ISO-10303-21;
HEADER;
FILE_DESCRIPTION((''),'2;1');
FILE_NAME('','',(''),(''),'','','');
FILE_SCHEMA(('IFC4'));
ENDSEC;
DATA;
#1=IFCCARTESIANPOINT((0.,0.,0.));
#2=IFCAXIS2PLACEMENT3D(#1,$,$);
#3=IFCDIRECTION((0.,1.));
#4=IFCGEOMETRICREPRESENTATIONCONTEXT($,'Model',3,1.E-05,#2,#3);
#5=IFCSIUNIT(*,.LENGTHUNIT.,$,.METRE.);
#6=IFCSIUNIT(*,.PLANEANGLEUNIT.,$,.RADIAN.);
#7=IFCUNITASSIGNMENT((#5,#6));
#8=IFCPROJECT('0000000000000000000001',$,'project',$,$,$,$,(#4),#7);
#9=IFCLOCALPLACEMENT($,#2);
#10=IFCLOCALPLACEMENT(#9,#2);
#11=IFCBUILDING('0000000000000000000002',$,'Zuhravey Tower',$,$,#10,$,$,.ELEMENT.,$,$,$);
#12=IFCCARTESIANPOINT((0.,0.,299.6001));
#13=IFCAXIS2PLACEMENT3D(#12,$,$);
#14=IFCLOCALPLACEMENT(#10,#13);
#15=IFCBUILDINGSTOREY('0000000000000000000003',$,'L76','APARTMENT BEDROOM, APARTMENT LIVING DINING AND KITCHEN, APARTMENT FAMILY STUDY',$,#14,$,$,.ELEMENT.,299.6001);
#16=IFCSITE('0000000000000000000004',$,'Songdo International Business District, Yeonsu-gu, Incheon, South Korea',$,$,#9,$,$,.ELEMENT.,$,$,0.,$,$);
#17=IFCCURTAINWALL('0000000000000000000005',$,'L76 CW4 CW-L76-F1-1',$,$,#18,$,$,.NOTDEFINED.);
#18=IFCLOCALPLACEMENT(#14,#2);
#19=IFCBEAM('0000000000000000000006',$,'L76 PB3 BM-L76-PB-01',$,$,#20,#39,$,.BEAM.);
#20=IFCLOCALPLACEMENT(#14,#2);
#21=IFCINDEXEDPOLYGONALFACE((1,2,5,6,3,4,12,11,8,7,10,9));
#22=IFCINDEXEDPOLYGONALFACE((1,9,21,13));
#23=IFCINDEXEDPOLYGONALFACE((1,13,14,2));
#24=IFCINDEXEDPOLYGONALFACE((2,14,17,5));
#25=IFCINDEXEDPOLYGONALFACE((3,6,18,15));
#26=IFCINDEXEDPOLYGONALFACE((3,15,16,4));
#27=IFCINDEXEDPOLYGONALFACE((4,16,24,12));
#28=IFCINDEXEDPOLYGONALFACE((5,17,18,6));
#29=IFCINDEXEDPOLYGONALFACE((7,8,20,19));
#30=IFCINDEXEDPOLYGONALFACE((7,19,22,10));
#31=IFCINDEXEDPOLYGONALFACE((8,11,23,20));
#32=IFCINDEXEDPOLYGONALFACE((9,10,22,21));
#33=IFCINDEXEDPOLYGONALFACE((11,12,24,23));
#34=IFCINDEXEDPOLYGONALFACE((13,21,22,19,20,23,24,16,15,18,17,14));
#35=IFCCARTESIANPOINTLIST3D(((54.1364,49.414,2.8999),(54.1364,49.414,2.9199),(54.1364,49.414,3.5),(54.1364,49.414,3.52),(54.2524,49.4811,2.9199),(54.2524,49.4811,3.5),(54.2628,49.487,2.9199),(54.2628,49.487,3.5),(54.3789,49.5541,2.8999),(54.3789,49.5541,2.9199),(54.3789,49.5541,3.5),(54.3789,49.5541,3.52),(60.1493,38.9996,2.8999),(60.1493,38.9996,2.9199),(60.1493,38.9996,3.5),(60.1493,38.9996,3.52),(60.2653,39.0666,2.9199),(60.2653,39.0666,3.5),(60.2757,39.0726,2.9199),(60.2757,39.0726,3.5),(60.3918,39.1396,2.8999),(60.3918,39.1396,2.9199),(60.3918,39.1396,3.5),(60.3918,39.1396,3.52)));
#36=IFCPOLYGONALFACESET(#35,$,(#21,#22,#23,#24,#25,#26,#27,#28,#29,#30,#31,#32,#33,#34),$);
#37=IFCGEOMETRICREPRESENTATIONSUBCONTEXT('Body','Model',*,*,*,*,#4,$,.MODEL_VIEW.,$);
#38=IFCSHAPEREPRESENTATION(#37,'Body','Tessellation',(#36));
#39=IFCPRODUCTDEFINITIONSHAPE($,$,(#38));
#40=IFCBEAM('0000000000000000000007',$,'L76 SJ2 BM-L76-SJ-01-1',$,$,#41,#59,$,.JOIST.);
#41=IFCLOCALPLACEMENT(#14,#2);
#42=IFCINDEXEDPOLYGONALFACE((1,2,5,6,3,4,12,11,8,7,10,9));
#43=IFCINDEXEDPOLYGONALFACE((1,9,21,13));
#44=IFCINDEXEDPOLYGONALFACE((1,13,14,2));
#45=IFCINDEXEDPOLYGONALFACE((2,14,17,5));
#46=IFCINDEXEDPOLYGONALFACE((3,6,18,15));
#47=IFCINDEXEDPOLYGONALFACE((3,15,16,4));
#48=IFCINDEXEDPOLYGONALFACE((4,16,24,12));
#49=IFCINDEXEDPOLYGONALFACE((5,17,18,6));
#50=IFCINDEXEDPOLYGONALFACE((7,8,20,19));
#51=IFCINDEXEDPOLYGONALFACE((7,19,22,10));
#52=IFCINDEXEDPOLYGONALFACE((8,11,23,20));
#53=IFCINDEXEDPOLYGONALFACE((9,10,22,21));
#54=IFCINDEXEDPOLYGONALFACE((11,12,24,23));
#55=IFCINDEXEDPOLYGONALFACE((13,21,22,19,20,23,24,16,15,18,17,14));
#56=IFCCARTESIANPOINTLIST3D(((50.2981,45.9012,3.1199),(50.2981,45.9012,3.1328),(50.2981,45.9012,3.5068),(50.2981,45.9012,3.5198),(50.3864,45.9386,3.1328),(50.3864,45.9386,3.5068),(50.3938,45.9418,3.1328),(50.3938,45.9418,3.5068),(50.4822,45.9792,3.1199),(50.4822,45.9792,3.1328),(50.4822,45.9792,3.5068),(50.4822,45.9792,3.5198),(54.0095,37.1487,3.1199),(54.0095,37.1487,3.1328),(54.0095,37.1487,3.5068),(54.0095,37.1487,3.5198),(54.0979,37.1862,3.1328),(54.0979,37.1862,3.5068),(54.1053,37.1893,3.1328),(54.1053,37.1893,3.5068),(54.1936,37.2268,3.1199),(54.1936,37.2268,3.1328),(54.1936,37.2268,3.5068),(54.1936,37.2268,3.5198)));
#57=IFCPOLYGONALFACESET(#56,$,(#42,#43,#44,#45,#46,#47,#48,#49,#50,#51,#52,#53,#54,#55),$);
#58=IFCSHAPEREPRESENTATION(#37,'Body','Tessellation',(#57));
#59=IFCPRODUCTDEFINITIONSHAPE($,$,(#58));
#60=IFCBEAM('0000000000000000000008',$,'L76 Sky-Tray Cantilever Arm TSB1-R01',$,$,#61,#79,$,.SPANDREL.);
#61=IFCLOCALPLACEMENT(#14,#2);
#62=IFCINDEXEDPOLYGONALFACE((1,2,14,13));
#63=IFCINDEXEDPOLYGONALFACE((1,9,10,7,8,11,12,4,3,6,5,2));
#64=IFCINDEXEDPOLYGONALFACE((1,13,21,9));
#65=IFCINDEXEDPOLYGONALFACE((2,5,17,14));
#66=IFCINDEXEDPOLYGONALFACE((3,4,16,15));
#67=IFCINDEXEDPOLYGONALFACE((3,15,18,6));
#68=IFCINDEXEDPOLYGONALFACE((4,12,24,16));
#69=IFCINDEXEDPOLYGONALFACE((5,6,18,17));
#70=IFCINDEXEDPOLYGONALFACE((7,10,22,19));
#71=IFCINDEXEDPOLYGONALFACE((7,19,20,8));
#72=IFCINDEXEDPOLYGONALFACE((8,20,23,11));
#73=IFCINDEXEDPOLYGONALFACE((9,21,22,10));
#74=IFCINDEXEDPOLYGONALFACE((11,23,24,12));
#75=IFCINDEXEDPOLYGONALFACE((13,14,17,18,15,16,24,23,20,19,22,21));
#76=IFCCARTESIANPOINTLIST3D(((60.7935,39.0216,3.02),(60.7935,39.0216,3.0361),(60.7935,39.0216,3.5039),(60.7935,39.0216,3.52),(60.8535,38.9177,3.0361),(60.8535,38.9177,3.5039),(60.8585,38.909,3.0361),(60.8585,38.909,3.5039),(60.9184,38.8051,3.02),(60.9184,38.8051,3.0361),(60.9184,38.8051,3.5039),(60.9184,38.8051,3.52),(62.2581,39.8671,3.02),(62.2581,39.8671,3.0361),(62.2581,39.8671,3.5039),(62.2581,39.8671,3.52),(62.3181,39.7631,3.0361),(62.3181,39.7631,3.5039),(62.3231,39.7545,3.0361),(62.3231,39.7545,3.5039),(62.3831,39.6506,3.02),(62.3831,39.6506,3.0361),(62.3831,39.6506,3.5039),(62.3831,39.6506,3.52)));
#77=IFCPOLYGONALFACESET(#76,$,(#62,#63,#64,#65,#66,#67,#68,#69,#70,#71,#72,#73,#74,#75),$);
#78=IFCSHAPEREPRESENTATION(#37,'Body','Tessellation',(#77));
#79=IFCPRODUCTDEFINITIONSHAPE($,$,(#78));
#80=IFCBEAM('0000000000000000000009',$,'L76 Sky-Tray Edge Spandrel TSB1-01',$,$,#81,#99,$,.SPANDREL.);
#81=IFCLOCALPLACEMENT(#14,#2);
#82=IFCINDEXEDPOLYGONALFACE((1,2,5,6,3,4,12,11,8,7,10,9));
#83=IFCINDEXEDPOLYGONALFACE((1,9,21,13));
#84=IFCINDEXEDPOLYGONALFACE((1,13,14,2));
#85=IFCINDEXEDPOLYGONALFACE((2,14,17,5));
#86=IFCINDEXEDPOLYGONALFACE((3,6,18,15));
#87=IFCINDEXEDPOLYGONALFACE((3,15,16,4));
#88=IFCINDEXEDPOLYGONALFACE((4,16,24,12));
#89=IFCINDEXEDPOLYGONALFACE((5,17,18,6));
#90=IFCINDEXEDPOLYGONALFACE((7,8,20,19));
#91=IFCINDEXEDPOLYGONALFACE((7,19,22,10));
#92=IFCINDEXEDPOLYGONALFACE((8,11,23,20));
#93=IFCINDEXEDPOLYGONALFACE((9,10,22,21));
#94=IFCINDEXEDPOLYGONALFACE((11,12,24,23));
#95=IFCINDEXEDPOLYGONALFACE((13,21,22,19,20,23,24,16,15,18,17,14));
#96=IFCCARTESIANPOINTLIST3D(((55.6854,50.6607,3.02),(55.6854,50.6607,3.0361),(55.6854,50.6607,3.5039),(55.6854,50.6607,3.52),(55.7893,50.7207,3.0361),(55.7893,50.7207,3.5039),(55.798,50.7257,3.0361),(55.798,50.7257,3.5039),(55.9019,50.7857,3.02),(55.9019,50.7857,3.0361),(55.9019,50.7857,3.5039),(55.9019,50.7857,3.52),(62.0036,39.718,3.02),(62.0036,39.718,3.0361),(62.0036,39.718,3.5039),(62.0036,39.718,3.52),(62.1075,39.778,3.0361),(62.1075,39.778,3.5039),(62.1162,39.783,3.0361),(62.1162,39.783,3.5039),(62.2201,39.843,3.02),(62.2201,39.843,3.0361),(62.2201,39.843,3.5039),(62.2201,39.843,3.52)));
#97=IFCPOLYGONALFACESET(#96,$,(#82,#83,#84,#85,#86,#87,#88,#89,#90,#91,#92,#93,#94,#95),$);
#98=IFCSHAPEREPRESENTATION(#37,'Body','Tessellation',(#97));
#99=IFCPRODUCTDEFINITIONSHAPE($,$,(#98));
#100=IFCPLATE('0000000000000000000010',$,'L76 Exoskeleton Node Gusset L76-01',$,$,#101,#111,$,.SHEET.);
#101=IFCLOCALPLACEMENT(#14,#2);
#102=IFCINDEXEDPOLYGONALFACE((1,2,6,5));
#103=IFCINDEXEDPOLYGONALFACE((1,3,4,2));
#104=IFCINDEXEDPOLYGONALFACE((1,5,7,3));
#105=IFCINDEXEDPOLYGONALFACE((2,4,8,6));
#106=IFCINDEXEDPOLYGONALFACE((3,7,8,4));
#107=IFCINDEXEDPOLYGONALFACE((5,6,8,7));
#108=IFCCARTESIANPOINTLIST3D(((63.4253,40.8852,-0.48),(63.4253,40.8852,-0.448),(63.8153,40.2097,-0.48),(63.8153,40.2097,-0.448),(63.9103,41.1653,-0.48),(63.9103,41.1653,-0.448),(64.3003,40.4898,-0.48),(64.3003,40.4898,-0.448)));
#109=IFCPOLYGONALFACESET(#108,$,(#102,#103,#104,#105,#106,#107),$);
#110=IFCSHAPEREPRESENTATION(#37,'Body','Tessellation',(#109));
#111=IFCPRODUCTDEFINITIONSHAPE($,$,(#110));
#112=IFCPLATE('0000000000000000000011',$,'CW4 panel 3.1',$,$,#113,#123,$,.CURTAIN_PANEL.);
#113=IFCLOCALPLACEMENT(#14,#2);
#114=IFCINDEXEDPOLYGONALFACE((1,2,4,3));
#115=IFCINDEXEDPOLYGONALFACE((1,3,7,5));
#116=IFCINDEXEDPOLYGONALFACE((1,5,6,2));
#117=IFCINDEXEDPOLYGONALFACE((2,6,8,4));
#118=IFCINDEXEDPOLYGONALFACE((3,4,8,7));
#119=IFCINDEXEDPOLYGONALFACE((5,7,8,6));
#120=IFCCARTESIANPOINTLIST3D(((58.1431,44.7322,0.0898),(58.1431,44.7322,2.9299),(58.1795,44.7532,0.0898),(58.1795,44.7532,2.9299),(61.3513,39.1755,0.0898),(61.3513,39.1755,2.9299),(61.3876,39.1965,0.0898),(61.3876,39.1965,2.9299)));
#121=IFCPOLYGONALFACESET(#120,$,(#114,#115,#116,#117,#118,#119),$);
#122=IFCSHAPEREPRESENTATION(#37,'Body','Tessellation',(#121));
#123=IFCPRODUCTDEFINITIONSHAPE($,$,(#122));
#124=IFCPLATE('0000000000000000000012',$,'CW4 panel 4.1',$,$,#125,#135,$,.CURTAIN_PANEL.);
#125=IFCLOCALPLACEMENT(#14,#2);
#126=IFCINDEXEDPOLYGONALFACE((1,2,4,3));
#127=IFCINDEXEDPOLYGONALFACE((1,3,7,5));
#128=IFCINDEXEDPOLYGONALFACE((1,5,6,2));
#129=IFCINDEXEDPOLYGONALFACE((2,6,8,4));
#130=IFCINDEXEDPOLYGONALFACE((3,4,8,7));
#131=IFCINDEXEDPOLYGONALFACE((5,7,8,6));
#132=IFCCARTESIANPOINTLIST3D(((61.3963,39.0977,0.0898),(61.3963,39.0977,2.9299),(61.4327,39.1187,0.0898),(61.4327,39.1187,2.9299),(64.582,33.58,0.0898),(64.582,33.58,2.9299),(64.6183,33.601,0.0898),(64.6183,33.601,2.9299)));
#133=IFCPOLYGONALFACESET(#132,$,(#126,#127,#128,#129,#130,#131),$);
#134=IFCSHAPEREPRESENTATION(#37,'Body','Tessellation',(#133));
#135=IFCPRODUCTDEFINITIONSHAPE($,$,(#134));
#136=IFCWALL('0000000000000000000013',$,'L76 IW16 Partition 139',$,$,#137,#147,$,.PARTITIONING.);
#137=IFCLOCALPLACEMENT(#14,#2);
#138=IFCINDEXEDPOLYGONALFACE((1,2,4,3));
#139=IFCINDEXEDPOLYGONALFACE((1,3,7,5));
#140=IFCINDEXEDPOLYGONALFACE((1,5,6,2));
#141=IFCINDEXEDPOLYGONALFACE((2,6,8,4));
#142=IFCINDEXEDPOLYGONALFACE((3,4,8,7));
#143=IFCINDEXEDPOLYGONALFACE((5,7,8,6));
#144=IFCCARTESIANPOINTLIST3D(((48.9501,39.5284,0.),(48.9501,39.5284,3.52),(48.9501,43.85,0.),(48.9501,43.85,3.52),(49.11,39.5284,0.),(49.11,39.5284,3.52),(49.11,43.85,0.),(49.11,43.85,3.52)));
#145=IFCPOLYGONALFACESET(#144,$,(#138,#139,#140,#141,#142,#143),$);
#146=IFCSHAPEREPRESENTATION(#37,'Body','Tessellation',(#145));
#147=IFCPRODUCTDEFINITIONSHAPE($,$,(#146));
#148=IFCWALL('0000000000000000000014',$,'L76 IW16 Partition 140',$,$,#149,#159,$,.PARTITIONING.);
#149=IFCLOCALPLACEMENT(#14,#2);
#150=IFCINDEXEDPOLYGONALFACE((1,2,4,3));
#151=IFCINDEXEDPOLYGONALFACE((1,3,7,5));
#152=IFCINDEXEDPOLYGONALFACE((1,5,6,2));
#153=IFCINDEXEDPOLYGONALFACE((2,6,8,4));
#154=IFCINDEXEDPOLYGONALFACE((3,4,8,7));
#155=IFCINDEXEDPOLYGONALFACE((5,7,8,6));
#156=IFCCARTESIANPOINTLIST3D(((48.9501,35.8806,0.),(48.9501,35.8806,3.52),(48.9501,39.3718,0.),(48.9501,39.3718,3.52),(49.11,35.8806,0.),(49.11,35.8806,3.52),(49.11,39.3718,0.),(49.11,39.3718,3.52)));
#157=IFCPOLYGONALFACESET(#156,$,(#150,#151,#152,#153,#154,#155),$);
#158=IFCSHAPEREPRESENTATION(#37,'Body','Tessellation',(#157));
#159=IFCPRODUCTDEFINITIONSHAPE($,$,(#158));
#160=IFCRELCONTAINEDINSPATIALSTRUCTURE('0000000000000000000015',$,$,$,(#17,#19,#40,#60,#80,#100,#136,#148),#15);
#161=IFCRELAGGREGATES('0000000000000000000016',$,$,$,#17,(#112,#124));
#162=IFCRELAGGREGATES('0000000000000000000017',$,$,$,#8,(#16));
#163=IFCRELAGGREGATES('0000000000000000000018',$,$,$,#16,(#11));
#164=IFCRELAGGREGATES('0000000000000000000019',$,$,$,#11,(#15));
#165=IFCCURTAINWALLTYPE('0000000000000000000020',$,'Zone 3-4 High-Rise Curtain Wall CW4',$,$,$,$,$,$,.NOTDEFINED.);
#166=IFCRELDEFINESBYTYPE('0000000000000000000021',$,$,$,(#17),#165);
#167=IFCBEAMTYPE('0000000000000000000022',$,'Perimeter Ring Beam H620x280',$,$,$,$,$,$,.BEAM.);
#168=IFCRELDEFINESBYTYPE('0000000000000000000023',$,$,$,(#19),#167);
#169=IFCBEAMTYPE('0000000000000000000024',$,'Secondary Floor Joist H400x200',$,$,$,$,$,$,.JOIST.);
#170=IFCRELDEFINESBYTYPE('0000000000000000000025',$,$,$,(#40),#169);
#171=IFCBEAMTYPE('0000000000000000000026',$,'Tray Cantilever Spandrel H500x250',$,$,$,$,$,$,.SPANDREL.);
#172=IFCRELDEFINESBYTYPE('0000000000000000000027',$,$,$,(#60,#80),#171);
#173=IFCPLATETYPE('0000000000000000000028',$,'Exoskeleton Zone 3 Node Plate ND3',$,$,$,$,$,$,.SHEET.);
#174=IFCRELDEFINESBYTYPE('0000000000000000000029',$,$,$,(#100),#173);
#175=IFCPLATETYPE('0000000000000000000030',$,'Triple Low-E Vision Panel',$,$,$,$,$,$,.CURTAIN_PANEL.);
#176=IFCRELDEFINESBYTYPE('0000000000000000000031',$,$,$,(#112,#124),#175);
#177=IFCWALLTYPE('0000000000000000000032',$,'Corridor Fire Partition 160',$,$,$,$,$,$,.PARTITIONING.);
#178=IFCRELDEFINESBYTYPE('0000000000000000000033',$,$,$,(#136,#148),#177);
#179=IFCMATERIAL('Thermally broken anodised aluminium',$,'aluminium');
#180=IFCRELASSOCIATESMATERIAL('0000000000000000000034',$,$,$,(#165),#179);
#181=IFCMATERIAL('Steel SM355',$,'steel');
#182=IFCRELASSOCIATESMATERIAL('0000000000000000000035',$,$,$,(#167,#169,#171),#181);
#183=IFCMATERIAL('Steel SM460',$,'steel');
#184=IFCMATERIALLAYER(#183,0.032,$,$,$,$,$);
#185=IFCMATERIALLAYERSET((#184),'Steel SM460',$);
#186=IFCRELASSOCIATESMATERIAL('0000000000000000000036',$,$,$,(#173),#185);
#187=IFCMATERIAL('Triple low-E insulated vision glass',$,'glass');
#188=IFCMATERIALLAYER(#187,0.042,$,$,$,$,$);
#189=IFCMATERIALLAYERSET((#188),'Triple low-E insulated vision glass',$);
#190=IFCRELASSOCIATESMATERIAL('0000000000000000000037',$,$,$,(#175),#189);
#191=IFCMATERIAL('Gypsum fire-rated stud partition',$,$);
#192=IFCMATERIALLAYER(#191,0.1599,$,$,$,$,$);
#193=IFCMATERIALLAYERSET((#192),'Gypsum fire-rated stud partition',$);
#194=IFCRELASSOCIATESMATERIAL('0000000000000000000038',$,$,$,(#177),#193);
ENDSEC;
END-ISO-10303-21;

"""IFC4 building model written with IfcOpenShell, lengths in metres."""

from ifc_helpers import new_model, si_unit, direction, frame, frame_2d, origin, origin_2d, place, context, subcontext, project, spatial, rectangle, i_section, extrude, material, layer, layer_set, material_profile, profile_set, type_object, element, aggregate, save


model = new_model("IFC4")

# Units and contexts
model_context = context("Model", 3, precision=1e-05, world=origin(), true_north=direction((0.0, 1.0)))
body_context = subcontext(model_context, "Body", "Model", "MODEL_VIEW")
ifc_project = project(units=[si_unit("LENGTHUNIT", "METRE"), si_unit("PLANEANGLEUNIT", "RADIAN")], contexts=[model_context])

# Site, building, storey
site_placement = place(None, origin())
site = spatial("IfcSite", under=ifc_project, at=site_placement, Name="Songdo International Business District, Yeonsu-gu, Incheon, South Korea", CompositionType="ELEMENT", RefElevation=0.0)
building_placement = place(site_placement, origin())
building = spatial("IfcBuilding", under=site, at=building_placement, Name="Zuhravey Tower", CompositionType="ELEMENT")
storey_placement = place(building_placement, frame((0.0, 0.0, 299.6001)))
storey = spatial("IfcBuildingStorey", under=building, at=storey_placement, Name="L76", Description="APARTMENT BEDROOM, APARTMENT LIVING DINING AND KITCHEN, APARTMENT FAMILY STUDY", CompositionType="ELEMENT", Elevation=299.6001)

# Curtain wall
ifc_material_1 = material(Name="Thermally broken anodised aluminium", Category="aluminium")
curtain_wall_type = type_object("IfcCurtainWallType", Name="Zone 3-4 High-Rise Curtain Wall CW4", PredefinedType="NOTDEFINED", material=ifc_material_1)
curtain_wall_placement = place(storey_placement, origin())
curtain_wall = element("IfcCurtainWall", 1, at=curtain_wall_placement, inside=storey, type_object=curtain_wall_type, Name="L76 CW4 CW-L76-F1-1", PredefinedType="NOTDEFINED")

# Shared definitions
ifc_material_2 = material(Name="Steel SM460", Category="steel")

# Shared definitions
ifc_material_3 = material(Name="Steel SM355", Category="steel")

# Beams
ifc_material_profile_1 = material_profile(ifc_material_3, i_section(OverallWidth=0.28, OverallDepth=0.6201, WebThickness=0.012, FlangeThickness=0.02, at=origin_2d()), Name="H-620x280x12x20")
ifc_profile_set_1 = profile_set([ifc_material_profile_1], Name="Steel SM355")
beam_type_1 = type_object("IfcBeamType", Name="Perimeter Ring Beam H620x280", PredefinedType="BEAM", material=ifc_profile_set_1)
beam_1_placement = place(storey_placement, frame((60.2705, 39.0696, 3.21), z_axis=(-0.500006, 0.866022, 0.0), x_axis=(-0.866022, -0.500006, 0.0)))
element("IfcBeam", 2, at=beam_1_placement, inside=storey, type_object=beam_type_1, Name="L76 PB3 BM-L76-PB-01", PredefinedType="BEAM", context=body_context, shape_type="SweptSolid", body=[
    extrude(i_section(OverallWidth=0.28, OverallDepth=0.6201, WebThickness=0.012, FlangeThickness=0.02, at=origin_2d()), origin(), (0.0, 0.0, 1.0), 12.0256),
])
ifc_material_profile_2 = material_profile(ifc_material_3, i_section(OverallWidth=0.2, OverallDepth=0.3999, WebThickness=0.0081, FlangeThickness=0.0129, at=origin_2d()), Name="H-400x200x8x13")
ifc_profile_set_2 = profile_set([ifc_material_profile_2], Name="Steel SM355")
beam_type_2 = type_object("IfcBeamType", Name="Secondary Floor Joist H400x200", PredefinedType="JOIST", material=ifc_profile_set_2)
beam_2_placement = place(storey_placement, frame((54.1016, 37.1877, 3.3198), z_axis=(-0.390396, 0.920647, 0.0), x_axis=(-0.920647, -0.390396, 0.0)))
element("IfcBeam", 3, at=beam_2_placement, inside=storey, type_object=beam_type_2, Name="L76 SJ2 BM-L76-SJ-01-1", PredefinedType="JOIST", context=body_context, shape_type="SweptSolid", body=[
    extrude(i_section(OverallWidth=0.2, OverallDepth=0.3999, WebThickness=0.0081, FlangeThickness=0.0129, at=origin_2d()), origin(), (0.0, 0.0, 1.0), 9.5068),
])
ifc_material_profile_3 = material_profile(ifc_material_3, i_section(OverallWidth=0.25, OverallDepth=0.5, WebThickness=0.01, FlangeThickness=0.0161, at=origin_2d()), Name="H-500x250x10x16")
ifc_profile_set_3 = profile_set([ifc_material_profile_3], Name="Steel SM355")
beam_type_3 = type_object("IfcBeamType", Name="Tray Cantilever Spandrel H500x250", PredefinedType="SPANDREL", material=ifc_profile_set_3)
beam_3_placement = place(storey_placement, frame((60.856, 38.9133, 3.27), z_axis=(0.866058, 0.499943, 0.0), x_axis=(-0.499943, 0.866058, 0.0)))
element("IfcBeam", 4, at=beam_3_placement, inside=storey, type_object=beam_type_3, Name="L76 Sky-Tray Cantilever Arm TSB1-R01", PredefinedType="SPANDREL", context=body_context, shape_type="SweptSolid", body=[
    extrude(i_section(OverallWidth=0.25, OverallDepth=0.5, WebThickness=0.01, FlangeThickness=0.0161, at=origin_2d()), origin(), (0.0, 0.0, 1.0), 1.6912),
])
beam_4_placement = place(storey_placement, frame((62.1118, 39.7805, 3.27), z_axis=(-0.500023, 0.866012, 0.0), x_axis=(-0.866012, -0.500023, 0.0)))
element("IfcBeam", 5, at=beam_4_placement, inside=storey, type_object=beam_type_3, Name="L76 Sky-Tray Edge Spandrel TSB1-01", PredefinedType="SPANDREL", context=body_context, shape_type="SweptSolid", body=[
    extrude(i_section(OverallWidth=0.25, OverallDepth=0.5, WebThickness=0.01, FlangeThickness=0.0161, at=origin_2d()), origin(), (0.0, 0.0, 1.0), 12.6357),
])

# Plates
ifc_layer_1 = layer(ifc_material_2, 0.032)
ifc_layer_set_1 = layer_set([ifc_layer_1], Name="Steel SM460")
plate_type_1 = type_object("IfcPlateType", Name="Exoskeleton Zone 3 Node Plate ND3", PredefinedType="SHEET", material=ifc_layer_set_1)
plate_1_placement = place(storey_placement, frame((63.8628, 40.6875, -0.48), z_axis=(0.0, 0.0, 1.0), x_axis=(-0.5, 0.866025, 0.0)))
element("IfcPlate", 6, at=plate_1_placement, inside=storey, type_object=plate_type_1, Name="L76 Exoskeleton Node Gusset L76-01", PredefinedType="SHEET", context=body_context, shape_type="SweptSolid", body=[
    extrude(rectangle(XDim=0.78, YDim=0.5601, at=origin_2d()), origin(), (0.0, 0.0, 1.0), 0.032),
])
ifc_material_4 = material(Name="Triple low-E insulated vision glass", Category="glass")
ifc_layer_2 = layer(ifc_material_4, 0.042)
ifc_layer_set_2 = layer_set([ifc_layer_2], Name="Triple low-E insulated vision glass")
plate_type_2 = type_object("IfcPlateType", Name="Triple Low-E Vision Panel", PredefinedType="CURTAIN_PANEL", material=ifc_layer_set_2)
plate_2_placement = place(storey_placement, frame((59.7654, 41.9644, 0.0898), z_axis=(0.0, 0.0, 1.0), x_axis=(0.500001, -0.866025, 0.0)))
plate_2 = element("IfcPlate", 7, at=plate_2_placement, type_object=plate_type_2, Name="CW4 panel 3.1", PredefinedType="CURTAIN_PANEL", context=body_context, shape_type="SweptSolid", body=[
    extrude(rectangle(XDim=6.4163, YDim=0.042, at=origin_2d()), origin(), (0.0, 0.0, 1.0), 2.8401),
])
plate_3_placement = place(storey_placement, frame((63.0073, 36.3494, 0.0898), z_axis=(0.0, 0.0, 1.0), x_axis=(0.500001, -0.866025, 0.0)))
plate_3 = element("IfcPlate", 8, at=plate_3_placement, type_object=plate_type_2, Name="CW4 panel 4.1", PredefinedType="CURTAIN_PANEL", context=body_context, shape_type="SweptSolid", body=[
    extrude(rectangle(XDim=6.3713, YDim=0.042, at=origin_2d()), origin(), (0.0, 0.0, 1.0), 2.8401),
])
aggregate(curtain_wall, [plate_2, plate_3])

# Walls
ifc_material_5 = material(Name="Gypsum fire-rated stud partition")
ifc_layer_3 = layer(ifc_material_5, 0.1599)
ifc_layer_set_3 = layer_set([ifc_layer_3], Name="Gypsum fire-rated stud partition")
wall_type_1 = type_object("IfcWallType", Name="Corridor Fire Partition 160", PredefinedType="PARTITIONING", material=ifc_layer_set_3)
wall_1_placement = place(storey_placement, frame((49.03, 39.5286, 0.0), z_axis=(0.0, 0.0, 1.0), x_axis=(0.0, 1.0, 0.0)))
element("IfcWall", 9, at=wall_1_placement, inside=storey, type_object=wall_type_1, Name="L76 IW16 Partition 139", PredefinedType="PARTITIONING", context=body_context, shape_type="SweptSolid", body=[
    extrude(rectangle(XDim=4.3215, YDim=0.1599, at=frame_2d((2.1606, 0.0))), origin(), (0.0, 0.0, 1.0), 3.52),
])
wall_2_placement = place(storey_placement, frame((49.03, 35.8806, 0.0), z_axis=(0.0, 0.0, 1.0), x_axis=(0.0, 1.0, 0.0)))
element("IfcWall", 10, at=wall_2_placement, inside=storey, type_object=wall_type_1, Name="L76 IW16 Partition 140", PredefinedType="PARTITIONING", context=body_context, shape_type="SweptSolid", body=[
    extrude(rectangle(XDim=3.4912, YDim=0.1599, at=frame_2d((1.7456, 0.0))), origin(), (0.0, 0.0, 1.0), 3.52),
])

save(model, "model.ifc")
